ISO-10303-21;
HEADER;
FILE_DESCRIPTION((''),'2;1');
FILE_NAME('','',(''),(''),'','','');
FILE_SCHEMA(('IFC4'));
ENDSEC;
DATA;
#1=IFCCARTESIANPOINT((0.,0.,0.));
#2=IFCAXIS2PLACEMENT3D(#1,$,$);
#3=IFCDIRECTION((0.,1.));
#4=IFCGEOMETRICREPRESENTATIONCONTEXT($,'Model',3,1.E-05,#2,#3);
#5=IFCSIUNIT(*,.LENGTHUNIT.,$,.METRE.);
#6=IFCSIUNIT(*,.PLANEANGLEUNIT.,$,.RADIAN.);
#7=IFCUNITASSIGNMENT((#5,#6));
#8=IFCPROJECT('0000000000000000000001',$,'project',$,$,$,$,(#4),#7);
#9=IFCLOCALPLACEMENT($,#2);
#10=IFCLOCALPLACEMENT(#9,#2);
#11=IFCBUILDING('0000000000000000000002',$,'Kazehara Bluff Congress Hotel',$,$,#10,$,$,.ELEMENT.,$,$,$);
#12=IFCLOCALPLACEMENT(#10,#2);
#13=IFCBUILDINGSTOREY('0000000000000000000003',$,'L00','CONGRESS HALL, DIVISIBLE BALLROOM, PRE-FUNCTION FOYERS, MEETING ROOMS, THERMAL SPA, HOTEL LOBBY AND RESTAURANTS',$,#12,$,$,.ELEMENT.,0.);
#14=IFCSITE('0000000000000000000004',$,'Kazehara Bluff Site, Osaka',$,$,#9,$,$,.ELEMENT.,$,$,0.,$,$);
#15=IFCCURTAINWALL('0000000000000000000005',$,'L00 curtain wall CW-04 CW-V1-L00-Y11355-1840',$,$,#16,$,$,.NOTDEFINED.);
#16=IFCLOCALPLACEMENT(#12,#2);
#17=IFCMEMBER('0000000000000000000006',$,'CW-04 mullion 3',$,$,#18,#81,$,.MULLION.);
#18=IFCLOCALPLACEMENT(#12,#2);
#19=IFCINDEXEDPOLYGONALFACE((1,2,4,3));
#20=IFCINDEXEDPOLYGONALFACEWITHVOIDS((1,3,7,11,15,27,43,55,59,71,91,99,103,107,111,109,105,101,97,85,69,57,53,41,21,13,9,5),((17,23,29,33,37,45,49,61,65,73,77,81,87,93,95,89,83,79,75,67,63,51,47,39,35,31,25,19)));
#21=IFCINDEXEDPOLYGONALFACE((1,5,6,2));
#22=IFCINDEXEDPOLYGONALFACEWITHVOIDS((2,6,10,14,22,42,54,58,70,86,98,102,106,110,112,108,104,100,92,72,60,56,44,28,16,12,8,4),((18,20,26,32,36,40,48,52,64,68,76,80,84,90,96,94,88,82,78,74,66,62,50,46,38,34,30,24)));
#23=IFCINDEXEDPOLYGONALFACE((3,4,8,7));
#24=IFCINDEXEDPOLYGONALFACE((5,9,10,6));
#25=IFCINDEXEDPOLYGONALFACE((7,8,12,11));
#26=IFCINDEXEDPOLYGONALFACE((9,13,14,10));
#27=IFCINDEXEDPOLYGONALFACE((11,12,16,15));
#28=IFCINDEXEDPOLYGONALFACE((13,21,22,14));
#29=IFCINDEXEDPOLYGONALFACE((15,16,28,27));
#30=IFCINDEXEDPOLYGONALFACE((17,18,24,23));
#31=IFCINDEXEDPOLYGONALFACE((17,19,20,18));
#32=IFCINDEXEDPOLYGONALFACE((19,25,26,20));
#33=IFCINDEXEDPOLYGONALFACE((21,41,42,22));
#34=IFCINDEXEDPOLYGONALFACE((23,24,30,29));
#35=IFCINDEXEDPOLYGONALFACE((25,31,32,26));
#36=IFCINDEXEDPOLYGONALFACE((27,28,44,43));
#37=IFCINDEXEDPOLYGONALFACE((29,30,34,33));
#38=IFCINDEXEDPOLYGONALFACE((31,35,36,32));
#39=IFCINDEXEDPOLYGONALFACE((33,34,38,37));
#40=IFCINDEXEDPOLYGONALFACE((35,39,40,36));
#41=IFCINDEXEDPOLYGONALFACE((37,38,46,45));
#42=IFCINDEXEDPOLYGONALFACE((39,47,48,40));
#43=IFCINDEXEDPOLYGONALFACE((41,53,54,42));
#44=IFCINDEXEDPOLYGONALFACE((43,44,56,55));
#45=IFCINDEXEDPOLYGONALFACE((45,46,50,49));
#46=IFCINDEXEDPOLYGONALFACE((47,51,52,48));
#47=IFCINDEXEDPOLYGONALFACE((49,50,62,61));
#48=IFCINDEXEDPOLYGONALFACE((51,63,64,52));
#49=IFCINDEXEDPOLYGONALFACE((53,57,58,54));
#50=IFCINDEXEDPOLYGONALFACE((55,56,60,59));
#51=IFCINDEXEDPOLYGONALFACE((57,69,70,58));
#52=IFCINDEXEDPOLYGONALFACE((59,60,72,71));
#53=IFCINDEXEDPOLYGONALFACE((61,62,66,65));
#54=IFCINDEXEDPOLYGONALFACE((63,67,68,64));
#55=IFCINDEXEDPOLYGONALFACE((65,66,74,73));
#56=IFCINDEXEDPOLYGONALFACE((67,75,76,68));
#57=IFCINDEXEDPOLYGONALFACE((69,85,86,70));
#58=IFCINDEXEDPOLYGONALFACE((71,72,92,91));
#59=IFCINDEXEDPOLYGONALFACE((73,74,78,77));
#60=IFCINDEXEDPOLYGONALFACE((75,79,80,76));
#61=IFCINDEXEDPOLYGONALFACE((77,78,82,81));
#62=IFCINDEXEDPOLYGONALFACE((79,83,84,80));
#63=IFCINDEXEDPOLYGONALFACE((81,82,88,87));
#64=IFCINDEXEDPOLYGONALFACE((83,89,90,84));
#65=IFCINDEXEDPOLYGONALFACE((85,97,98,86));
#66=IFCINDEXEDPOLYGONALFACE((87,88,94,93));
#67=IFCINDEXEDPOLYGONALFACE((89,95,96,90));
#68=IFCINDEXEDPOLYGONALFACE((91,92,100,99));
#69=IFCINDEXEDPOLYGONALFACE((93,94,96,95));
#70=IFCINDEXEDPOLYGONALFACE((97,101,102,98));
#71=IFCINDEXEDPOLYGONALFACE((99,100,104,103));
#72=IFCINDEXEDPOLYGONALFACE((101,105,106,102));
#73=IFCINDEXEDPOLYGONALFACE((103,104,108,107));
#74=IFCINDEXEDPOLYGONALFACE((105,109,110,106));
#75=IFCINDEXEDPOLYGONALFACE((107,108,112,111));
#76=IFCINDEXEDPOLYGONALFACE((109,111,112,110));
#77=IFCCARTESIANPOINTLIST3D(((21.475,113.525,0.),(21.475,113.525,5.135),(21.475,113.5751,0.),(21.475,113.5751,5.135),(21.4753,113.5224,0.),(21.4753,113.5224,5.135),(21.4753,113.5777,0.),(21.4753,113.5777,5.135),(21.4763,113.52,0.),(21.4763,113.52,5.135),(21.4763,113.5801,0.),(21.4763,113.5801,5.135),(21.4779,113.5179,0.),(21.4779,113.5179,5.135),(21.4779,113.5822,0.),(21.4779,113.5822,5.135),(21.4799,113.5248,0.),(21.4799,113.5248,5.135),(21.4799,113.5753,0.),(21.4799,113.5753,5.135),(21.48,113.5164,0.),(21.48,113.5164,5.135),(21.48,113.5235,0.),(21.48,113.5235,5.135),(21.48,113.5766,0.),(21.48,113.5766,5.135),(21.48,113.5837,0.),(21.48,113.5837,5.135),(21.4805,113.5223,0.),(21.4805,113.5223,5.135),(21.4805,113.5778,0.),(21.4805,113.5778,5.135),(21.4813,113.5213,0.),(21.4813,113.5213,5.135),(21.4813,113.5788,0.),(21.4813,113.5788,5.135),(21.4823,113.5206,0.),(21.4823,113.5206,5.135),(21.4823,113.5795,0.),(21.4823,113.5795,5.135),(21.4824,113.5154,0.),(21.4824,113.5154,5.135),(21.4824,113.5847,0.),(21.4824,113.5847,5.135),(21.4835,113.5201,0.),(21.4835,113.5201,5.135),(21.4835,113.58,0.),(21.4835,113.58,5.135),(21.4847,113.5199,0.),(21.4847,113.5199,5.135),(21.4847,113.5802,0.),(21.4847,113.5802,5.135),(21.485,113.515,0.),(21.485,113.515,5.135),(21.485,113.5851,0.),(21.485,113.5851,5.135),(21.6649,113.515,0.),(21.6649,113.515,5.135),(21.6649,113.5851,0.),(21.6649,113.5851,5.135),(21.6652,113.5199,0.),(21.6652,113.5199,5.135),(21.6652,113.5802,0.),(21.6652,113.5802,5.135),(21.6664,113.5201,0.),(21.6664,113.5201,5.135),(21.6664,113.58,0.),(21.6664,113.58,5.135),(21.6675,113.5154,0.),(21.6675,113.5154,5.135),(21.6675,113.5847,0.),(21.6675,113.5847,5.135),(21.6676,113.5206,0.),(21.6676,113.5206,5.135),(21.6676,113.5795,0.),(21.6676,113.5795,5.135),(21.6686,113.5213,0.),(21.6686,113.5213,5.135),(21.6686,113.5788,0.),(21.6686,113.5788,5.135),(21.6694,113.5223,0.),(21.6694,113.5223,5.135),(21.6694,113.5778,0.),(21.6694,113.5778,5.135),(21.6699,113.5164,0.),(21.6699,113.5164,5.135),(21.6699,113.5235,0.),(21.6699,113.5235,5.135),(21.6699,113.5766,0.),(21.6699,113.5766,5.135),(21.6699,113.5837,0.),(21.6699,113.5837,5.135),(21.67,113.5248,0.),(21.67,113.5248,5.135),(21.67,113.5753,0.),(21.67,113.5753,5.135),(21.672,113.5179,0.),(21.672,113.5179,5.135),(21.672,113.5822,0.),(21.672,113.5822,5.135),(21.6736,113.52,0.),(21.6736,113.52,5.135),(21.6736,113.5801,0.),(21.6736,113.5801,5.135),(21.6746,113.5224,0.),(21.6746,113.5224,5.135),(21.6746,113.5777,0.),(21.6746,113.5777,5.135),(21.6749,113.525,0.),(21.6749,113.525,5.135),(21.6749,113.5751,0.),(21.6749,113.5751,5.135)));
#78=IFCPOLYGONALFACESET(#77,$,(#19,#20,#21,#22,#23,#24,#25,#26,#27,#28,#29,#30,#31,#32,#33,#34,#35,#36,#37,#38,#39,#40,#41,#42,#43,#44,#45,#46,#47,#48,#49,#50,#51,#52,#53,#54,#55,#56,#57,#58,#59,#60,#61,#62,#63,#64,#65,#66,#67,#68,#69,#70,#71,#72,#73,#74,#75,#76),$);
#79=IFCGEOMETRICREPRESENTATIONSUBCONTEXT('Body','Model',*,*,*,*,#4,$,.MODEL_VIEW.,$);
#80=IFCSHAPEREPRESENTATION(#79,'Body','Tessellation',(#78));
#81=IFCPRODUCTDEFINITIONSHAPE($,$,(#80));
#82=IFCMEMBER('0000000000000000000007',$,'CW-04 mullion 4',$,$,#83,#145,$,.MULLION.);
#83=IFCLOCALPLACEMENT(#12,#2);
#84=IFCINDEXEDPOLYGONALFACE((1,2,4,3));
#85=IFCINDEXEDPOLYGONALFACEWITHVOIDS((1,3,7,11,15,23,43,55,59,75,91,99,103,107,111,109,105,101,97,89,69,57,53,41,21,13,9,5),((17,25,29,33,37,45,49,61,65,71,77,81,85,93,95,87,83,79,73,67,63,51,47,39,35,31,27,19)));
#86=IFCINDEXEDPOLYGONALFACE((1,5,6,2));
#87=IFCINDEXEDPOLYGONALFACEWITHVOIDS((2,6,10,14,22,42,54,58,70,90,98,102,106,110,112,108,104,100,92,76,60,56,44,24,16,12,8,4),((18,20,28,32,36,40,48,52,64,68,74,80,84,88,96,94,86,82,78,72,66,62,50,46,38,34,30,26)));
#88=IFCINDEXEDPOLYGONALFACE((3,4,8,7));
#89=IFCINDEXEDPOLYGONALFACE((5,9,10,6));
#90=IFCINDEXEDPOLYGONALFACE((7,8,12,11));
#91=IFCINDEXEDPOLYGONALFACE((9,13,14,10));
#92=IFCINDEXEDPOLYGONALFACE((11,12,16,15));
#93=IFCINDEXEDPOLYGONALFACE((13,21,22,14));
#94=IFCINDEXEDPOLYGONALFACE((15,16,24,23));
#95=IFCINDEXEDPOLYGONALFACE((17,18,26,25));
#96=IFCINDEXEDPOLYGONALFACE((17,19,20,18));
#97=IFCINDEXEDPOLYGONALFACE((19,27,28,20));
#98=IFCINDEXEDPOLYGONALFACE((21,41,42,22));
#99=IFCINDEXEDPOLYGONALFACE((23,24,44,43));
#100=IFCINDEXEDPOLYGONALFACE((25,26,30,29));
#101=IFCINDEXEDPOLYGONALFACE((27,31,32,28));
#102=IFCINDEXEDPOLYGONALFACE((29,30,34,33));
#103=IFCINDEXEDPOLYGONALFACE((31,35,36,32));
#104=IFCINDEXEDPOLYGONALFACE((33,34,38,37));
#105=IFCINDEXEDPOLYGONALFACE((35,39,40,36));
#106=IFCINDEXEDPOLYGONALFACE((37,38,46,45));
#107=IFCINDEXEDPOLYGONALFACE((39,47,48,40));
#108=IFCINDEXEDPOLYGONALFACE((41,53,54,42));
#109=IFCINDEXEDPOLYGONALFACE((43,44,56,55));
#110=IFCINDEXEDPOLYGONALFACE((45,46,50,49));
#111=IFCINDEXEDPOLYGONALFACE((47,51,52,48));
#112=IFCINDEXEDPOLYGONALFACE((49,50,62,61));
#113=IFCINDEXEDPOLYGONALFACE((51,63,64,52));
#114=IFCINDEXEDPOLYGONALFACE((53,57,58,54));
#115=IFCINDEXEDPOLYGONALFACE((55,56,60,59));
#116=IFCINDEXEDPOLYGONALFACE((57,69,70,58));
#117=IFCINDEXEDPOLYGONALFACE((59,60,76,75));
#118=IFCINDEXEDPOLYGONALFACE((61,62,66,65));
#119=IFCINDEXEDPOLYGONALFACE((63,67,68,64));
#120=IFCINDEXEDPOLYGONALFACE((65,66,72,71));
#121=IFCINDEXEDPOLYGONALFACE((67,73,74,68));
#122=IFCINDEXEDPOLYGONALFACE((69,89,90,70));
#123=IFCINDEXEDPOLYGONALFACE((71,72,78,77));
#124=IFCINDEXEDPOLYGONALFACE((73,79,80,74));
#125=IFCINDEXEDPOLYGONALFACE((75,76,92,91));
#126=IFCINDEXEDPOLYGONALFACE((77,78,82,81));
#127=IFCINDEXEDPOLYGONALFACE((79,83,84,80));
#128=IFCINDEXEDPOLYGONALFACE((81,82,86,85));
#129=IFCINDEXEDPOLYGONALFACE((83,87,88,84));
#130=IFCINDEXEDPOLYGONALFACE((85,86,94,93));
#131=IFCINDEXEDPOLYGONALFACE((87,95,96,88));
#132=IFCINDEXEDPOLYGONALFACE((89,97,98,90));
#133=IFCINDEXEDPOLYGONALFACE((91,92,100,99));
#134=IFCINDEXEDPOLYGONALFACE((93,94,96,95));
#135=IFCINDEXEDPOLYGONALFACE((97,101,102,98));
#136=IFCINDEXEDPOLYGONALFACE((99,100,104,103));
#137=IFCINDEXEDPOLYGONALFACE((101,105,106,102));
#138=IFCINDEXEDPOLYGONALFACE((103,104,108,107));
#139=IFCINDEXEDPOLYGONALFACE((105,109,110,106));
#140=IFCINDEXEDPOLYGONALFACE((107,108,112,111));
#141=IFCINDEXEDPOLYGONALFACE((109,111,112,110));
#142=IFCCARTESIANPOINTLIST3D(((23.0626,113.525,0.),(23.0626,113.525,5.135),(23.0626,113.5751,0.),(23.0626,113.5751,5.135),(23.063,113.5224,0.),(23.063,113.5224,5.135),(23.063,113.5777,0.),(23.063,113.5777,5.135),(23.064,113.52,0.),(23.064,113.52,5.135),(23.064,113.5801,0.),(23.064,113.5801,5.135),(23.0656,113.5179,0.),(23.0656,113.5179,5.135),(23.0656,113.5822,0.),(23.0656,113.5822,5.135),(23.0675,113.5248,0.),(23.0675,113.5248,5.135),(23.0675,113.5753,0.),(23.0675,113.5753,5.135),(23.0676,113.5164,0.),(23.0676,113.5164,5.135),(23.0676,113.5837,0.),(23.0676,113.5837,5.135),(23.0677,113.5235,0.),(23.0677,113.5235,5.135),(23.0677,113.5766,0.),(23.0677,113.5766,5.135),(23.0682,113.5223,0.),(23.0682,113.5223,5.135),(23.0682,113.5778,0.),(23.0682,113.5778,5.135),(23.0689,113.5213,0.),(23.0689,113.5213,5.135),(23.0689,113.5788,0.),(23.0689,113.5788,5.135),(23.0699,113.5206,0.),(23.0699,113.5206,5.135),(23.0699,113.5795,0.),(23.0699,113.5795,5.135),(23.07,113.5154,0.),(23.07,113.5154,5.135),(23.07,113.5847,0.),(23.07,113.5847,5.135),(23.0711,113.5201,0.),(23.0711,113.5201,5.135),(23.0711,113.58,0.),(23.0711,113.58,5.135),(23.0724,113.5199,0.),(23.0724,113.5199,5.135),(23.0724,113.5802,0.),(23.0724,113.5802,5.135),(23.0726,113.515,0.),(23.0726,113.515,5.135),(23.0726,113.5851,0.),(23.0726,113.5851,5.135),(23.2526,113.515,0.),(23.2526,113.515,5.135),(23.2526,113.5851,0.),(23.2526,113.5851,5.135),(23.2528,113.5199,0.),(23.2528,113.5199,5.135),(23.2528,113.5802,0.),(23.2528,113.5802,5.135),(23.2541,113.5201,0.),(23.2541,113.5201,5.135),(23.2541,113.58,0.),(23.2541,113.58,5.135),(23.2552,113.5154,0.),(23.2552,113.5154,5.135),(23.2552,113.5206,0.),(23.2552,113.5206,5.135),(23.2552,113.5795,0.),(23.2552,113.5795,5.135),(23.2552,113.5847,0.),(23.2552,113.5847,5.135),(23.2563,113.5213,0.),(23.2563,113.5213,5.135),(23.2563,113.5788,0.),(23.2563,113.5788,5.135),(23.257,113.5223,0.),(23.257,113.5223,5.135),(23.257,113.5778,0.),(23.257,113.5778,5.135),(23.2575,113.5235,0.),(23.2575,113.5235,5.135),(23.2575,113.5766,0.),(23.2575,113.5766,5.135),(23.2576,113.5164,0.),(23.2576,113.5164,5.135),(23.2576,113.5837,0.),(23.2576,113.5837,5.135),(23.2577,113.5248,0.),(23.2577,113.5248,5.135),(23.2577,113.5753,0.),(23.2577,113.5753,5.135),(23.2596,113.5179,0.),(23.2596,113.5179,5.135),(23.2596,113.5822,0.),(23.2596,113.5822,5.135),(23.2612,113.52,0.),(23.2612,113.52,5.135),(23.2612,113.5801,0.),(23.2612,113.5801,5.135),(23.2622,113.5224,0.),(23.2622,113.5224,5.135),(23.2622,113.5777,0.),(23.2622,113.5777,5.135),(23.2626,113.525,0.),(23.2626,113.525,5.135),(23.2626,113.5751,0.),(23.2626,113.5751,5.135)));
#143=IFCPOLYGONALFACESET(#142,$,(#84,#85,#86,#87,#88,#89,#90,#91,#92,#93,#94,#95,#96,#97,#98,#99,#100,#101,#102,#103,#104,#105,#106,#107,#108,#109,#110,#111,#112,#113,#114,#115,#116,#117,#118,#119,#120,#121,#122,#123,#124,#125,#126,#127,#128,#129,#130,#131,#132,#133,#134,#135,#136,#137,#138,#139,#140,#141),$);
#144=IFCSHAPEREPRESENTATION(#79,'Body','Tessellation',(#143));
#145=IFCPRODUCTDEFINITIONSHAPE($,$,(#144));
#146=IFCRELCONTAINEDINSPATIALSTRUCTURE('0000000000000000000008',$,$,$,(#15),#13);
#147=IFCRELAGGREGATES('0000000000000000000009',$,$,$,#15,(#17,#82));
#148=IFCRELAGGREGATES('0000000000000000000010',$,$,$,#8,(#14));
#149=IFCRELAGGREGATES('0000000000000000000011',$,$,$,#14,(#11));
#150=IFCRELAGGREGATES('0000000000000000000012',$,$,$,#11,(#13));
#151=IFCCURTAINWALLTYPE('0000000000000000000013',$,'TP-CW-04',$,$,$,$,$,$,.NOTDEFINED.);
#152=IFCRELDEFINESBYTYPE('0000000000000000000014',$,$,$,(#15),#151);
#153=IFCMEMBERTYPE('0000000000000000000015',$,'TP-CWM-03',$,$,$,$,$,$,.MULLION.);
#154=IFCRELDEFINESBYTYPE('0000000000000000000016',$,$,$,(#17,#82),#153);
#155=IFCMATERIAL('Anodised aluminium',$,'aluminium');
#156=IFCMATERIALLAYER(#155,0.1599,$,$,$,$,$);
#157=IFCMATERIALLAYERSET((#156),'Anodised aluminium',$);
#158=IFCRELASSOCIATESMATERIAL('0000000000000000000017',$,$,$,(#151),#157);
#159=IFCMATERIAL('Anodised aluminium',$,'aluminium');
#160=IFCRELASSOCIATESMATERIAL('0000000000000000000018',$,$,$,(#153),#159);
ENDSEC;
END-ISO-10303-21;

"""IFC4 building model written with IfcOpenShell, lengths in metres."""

from ifc_helpers import new_model, si_unit, direction, frame, origin, origin_2d, place, context, subcontext, project, spatial, hollow_rectangle, extrude, material, layer, layer_set, material_profile, profile_set, type_object, element, aggregate, save


model = new_model("IFC4")

# Units and contexts
model_context = context("Model", 3, precision=1e-05, world=origin(), true_north=direction((0.0, 1.0)))
body_context = subcontext(model_context, "Body", "Model", "MODEL_VIEW")
ifc_project = project(units=[si_unit("LENGTHUNIT", "METRE"), si_unit("PLANEANGLEUNIT", "RADIAN")], contexts=[model_context])

# Site, building, storey
site_placement = place(None, origin())
site = spatial("IfcSite", under=ifc_project, at=site_placement, Name="Kazehara Bluff Site, Osaka", CompositionType="ELEMENT", RefElevation=0.0)
building_placement = place(site_placement, origin())
building = spatial("IfcBuilding", under=site, at=building_placement, Name="Kazehara Bluff Congress Hotel", CompositionType="ELEMENT")
storey_placement = place(building_placement, origin())
storey = spatial("IfcBuildingStorey", under=building, at=storey_placement, Name="L00", Description="CONGRESS HALL, DIVISIBLE BALLROOM, PRE-FUNCTION FOYERS, MEETING ROOMS, THERMAL SPA, HOTEL LOBBY AND RESTAURANTS", CompositionType="ELEMENT", Elevation=0.0)

# Curtain wall, members
ifc_material_1 = material(Name="Anodised aluminium", Category="aluminium")
ifc_layer_1 = layer(ifc_material_1, 0.1599)
ifc_layer_set_1 = layer_set([ifc_layer_1], Name="Anodised aluminium")
curtain_wall_type = type_object("IfcCurtainWallType", Name="TP-CW-04", PredefinedType="NOTDEFINED", material=ifc_layer_set_1)
curtain_wall_placement = place(storey_placement, origin())
curtain_wall = element("IfcCurtainWall", 1, at=curtain_wall_placement, inside=storey, type_object=curtain_wall_type, Name="L00 curtain wall CW-04 CW-V1-L00-Y11355-1840", PredefinedType="NOTDEFINED")
ifc_material_2 = material(Name="Anodised aluminium", Category="aluminium")
ifc_material_profile_1 = material_profile(ifc_material_2, hollow_rectangle(XDim=0.0701, YDim=0.2, WallThickness=0.0049, InnerFilletRadius=0.0049, OuterFilletRadius=0.01, at=origin_2d()))
ifc_profile_set_1 = profile_set([ifc_material_profile_1], Name="Anodised aluminium")
member_type_1 = type_object("IfcMemberType", Name="TP-CWM-03", PredefinedType="MULLION", material=ifc_profile_set_1)
member_1_placement = place(storey_placement, frame((21.575, 113.55, 0.0), z_axis=(0.0, 0.0, 1.0), x_axis=(0.0, 1.0, 0.0)))
member_1 = element("IfcMember", 2, at=member_1_placement, type_object=member_type_1, Name="CW-04 mullion 3", PredefinedType="MULLION", context=body_context, shape_type="SweptSolid", body=[
    extrude(hollow_rectangle(XDim=0.0701, YDim=0.2, WallThickness=0.0049, InnerFilletRadius=0.0049, OuterFilletRadius=0.01, at=origin_2d()), origin(), (0.0, 0.0, 1.0), 5.135),
])
member_2_placement = place(storey_placement, frame((23.1626, 113.55, 0.0), z_axis=(0.0, 0.0, 1.0), x_axis=(0.0, 1.0, 0.0)))
member_2 = element("IfcMember", 3, at=member_2_placement, type_object=member_type_1, Name="CW-04 mullion 4", PredefinedType="MULLION", context=body_context, shape_type="SweptSolid", body=[
    extrude(hollow_rectangle(XDim=0.0701, YDim=0.2, WallThickness=0.0049, InnerFilletRadius=0.0049, OuterFilletRadius=0.01, at=origin_2d()), origin(), (0.0, 0.0, 1.0), 5.135),
])
aggregate(curtain_wall, [member_1, member_2])

save(model, "model.ifc")
